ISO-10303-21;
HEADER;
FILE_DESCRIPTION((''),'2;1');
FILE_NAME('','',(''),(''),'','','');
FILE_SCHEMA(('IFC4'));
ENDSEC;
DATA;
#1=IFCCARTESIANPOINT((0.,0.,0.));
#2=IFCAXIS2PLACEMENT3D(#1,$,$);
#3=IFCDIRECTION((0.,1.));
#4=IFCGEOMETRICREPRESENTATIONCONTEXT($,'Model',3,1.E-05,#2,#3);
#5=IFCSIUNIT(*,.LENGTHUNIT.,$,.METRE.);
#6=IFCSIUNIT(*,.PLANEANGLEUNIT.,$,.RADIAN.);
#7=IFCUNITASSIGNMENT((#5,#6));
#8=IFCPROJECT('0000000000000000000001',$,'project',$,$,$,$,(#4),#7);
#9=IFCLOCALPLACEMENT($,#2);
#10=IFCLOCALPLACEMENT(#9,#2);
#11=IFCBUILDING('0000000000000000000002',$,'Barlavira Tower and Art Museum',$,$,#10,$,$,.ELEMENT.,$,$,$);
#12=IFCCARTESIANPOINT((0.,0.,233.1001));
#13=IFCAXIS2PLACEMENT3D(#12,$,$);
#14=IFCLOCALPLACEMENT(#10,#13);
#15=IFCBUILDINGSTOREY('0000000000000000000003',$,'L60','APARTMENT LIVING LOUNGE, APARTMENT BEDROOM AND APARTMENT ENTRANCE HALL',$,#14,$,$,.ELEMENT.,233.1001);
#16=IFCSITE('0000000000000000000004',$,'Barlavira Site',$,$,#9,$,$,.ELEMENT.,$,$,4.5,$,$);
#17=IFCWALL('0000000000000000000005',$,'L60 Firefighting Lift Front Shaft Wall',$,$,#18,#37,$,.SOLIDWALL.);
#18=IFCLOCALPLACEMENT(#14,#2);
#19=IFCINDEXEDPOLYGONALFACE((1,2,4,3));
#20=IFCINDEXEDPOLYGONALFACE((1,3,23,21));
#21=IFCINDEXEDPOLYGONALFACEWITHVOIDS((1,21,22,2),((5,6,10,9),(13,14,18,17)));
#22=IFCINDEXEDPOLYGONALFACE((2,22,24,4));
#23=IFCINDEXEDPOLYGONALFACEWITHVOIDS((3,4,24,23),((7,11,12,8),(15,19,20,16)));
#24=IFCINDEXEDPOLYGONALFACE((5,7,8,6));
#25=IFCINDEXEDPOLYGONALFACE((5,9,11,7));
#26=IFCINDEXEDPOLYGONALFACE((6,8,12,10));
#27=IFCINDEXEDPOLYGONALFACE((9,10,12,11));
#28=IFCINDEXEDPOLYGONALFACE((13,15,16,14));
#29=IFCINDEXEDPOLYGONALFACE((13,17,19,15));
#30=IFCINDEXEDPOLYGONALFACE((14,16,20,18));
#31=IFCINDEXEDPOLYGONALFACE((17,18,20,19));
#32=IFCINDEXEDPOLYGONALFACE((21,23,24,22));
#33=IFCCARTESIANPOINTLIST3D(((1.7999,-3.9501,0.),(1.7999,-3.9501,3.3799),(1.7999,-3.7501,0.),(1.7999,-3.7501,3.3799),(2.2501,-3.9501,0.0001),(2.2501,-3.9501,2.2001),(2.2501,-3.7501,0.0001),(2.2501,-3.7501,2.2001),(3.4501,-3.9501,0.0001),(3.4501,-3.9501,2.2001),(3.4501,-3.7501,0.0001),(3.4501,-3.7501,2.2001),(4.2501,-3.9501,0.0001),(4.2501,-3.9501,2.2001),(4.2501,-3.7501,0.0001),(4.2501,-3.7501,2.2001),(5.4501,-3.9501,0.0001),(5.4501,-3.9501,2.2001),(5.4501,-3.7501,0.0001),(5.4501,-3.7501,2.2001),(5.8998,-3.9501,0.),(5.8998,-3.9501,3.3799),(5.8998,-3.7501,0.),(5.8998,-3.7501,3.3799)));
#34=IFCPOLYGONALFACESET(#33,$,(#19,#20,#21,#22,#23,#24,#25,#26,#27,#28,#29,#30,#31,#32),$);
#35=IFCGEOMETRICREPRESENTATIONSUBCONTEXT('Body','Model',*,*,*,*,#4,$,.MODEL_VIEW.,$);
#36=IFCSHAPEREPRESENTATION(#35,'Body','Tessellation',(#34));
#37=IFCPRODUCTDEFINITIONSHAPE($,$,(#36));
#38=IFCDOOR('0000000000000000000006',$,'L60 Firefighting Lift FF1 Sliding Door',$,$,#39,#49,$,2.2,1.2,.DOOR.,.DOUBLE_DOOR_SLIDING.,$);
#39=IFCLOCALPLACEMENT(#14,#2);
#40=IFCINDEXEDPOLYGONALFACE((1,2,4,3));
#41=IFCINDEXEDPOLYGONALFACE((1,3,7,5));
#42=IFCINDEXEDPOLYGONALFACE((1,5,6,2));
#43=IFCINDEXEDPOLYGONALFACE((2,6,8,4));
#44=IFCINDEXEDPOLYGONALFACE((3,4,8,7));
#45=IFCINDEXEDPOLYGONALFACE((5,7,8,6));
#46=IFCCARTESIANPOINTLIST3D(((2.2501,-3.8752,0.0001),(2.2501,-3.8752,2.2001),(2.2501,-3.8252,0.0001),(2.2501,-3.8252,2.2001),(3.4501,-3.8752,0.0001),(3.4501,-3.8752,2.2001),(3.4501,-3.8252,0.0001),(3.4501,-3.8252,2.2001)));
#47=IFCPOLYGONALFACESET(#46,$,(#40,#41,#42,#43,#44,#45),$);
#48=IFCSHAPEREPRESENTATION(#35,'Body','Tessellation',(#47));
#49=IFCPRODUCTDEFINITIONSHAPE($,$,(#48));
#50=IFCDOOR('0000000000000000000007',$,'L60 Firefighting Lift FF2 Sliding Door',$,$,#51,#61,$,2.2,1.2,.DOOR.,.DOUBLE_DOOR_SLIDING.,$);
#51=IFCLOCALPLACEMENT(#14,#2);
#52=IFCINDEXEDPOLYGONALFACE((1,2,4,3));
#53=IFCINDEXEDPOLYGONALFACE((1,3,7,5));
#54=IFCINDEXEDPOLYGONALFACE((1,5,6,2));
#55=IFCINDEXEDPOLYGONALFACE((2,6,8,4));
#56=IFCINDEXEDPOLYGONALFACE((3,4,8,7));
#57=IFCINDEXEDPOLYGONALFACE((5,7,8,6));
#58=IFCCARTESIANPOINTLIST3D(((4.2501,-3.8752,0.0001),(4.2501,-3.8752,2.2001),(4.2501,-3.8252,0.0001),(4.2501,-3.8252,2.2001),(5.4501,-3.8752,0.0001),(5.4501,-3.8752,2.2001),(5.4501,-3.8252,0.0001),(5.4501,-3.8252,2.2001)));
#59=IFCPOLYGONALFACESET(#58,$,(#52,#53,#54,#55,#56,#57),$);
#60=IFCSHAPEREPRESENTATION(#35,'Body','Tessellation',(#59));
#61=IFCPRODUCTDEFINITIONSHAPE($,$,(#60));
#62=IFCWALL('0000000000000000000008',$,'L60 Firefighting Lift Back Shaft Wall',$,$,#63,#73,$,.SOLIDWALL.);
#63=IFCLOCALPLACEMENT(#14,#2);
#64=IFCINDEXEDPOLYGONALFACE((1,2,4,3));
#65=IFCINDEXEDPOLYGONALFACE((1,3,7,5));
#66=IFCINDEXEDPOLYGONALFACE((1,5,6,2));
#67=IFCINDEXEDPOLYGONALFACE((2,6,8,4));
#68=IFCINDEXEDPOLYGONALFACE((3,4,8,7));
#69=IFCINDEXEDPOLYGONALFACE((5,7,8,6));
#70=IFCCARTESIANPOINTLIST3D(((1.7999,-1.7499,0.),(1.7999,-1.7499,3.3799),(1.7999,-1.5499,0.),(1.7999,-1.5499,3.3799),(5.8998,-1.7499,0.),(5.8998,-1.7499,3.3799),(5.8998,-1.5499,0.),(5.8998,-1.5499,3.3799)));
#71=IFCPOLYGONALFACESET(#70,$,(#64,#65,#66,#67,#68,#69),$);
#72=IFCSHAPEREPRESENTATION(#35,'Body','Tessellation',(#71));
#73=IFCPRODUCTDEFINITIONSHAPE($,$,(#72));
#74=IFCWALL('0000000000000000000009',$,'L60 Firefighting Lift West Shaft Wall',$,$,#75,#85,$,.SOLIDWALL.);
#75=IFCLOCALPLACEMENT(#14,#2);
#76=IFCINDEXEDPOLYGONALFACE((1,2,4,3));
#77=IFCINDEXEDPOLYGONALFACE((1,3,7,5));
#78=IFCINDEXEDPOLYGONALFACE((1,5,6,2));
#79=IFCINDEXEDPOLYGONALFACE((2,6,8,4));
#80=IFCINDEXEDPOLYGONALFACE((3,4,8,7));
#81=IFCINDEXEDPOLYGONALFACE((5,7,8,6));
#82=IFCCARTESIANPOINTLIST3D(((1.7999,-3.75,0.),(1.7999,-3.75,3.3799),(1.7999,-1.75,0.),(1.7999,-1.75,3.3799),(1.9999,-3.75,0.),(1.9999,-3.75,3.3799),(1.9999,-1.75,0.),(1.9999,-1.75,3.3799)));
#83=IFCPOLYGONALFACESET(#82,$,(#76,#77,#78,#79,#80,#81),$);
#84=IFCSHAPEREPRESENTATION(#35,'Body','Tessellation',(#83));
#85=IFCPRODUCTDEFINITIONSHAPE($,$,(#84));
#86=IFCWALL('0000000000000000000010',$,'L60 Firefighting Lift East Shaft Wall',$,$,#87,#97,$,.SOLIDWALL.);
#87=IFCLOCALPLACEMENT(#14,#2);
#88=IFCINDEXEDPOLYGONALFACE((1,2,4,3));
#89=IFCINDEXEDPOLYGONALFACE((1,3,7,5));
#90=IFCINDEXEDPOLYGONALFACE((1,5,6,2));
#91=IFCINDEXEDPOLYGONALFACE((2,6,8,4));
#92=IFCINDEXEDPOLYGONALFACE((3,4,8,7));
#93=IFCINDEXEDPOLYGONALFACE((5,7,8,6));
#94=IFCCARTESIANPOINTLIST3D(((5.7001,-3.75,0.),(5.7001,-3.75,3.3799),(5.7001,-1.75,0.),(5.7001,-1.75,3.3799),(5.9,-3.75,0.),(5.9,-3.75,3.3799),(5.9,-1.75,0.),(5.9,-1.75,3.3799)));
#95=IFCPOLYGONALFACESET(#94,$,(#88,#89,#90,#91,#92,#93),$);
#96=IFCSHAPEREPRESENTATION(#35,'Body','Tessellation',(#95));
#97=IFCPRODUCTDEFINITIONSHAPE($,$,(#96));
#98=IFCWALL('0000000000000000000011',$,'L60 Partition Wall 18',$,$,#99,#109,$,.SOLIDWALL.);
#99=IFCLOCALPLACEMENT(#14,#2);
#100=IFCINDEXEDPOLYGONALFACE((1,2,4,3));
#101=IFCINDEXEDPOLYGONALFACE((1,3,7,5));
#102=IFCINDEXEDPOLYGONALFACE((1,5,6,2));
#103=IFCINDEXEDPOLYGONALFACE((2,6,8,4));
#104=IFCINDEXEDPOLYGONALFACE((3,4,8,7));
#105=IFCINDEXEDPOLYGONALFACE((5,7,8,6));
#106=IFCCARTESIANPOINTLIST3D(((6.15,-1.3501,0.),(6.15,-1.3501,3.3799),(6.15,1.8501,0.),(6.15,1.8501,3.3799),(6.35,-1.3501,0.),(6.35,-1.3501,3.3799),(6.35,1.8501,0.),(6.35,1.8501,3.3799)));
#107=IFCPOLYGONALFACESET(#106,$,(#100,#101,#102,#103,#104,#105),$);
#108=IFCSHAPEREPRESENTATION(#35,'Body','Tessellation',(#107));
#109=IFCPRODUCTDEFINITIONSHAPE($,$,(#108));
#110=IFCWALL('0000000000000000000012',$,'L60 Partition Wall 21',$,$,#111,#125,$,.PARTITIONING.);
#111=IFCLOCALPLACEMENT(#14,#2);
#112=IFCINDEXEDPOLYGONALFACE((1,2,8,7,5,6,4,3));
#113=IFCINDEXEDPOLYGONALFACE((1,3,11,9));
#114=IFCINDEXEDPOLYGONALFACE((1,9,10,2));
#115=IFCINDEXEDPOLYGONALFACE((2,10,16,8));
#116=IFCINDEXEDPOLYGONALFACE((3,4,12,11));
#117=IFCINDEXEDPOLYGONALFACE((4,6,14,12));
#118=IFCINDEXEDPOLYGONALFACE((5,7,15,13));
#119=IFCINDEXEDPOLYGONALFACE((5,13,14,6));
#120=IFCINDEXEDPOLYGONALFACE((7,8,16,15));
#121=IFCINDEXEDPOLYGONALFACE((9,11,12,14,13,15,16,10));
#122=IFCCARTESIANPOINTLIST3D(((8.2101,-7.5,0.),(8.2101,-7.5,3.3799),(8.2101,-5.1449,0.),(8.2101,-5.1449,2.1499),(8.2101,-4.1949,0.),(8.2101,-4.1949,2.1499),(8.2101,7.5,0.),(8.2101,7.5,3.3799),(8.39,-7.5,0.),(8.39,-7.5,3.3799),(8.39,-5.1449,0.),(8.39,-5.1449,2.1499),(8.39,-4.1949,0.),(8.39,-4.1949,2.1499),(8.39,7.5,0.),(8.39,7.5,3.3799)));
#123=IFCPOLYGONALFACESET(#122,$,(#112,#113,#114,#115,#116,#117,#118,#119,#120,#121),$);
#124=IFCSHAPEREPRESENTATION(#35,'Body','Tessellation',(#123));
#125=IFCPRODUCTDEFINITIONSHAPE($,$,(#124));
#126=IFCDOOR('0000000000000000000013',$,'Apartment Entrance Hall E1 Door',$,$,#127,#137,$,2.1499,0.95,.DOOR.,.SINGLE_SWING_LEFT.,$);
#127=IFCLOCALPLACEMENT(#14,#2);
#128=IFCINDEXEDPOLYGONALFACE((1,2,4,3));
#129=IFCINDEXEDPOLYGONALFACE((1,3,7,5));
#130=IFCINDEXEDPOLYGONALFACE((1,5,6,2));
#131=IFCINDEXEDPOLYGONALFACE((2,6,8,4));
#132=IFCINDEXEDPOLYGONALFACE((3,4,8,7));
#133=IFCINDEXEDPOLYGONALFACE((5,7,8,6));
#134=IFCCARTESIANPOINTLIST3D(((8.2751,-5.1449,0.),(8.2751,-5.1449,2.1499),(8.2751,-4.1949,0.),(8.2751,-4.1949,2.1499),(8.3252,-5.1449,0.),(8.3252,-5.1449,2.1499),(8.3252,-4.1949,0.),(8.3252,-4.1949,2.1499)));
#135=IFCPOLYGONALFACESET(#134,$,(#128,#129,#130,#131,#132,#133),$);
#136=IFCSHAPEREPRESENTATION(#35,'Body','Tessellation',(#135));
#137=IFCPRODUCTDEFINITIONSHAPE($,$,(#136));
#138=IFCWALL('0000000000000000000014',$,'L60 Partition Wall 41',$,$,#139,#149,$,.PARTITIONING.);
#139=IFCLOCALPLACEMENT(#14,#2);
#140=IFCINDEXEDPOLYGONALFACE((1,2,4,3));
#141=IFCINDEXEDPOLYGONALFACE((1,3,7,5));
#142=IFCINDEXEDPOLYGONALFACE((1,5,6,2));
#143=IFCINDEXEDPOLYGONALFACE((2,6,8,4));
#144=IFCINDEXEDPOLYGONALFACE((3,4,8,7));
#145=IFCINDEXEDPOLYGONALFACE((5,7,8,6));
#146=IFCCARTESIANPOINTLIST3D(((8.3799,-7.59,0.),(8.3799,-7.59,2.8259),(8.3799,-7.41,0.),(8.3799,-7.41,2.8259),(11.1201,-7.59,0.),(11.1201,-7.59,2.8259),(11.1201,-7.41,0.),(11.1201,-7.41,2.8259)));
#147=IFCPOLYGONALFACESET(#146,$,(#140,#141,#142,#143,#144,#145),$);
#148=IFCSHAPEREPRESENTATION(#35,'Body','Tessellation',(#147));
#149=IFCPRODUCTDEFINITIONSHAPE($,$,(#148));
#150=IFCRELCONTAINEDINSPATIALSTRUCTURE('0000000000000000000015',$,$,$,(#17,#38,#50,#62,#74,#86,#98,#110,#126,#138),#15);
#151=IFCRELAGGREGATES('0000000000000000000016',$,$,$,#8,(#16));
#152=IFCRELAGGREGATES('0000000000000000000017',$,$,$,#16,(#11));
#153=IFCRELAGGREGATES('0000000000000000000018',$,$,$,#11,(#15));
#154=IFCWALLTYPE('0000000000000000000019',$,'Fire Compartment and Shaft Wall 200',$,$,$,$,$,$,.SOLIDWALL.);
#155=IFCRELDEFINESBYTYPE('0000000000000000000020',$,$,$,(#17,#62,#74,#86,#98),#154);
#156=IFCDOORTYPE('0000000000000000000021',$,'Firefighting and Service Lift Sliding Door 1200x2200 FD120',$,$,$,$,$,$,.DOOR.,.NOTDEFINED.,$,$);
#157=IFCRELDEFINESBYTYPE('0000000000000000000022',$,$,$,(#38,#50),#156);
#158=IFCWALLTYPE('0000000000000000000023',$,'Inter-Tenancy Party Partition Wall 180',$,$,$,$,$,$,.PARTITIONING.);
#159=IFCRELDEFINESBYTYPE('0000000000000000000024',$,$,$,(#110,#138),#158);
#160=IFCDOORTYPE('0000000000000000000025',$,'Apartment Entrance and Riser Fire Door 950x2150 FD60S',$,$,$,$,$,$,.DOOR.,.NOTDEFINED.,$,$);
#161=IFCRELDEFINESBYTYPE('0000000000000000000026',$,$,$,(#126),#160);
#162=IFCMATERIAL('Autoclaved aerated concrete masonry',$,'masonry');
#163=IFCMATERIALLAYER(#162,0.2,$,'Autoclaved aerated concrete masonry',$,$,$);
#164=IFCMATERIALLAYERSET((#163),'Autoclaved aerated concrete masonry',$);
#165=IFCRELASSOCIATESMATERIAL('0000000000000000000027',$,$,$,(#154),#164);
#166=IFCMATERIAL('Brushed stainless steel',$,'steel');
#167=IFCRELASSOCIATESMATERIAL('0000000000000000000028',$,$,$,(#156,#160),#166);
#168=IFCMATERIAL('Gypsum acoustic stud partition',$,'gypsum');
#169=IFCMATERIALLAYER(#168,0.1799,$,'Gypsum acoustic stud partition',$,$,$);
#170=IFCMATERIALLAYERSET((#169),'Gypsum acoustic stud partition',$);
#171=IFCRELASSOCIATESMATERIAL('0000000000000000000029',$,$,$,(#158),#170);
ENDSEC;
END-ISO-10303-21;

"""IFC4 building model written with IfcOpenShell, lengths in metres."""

from ifc_helpers import new_model, si_unit, direction, frame, frame_2d, origin, place, context, subcontext, project, spatial, rectangle, extrude, material, layer, layer_set, type_object, element, fill, save


model = new_model("IFC4")

# Units and contexts
model_context = context("Model", 3, precision=1e-05, world=origin(), true_north=direction((0.0, 1.0)))
body_context = subcontext(model_context, "Body", "Model", "MODEL_VIEW")
ifc_project = project(units=[si_unit("LENGTHUNIT", "METRE"), si_unit("PLANEANGLEUNIT", "RADIAN")], contexts=[model_context])

# Site, building, storey
site_placement = place(None, origin())
site = spatial("IfcSite", under=ifc_project, at=site_placement, Name="Barlavira Site", CompositionType="ELEMENT", RefElevation=4.5)
building_placement = place(site_placement, origin())
building = spatial("IfcBuilding", under=site, at=building_placement, Name="Barlavira Tower and Art Museum", CompositionType="ELEMENT")
storey_placement = place(building_placement, frame((0.0, 0.0, 233.1001)))
storey = spatial("IfcBuildingStorey", under=building, at=storey_placement, Name="L60", Description="APARTMENT LIVING LOUNGE, APARTMENT BEDROOM AND APARTMENT ENTRANCE HALL", CompositionType="ELEMENT", Elevation=233.1001)

# Shared definitions
ifc_material_1 = material(Name="Gypsum acoustic stud partition", Category="gypsum")
ifc_material_2 = material(Name="Brushed stainless steel", Category="steel")

# Wall, openings, doors
ifc_material_3 = material(Name="Autoclaved aerated concrete masonry", Category="masonry")
ifc_layer_1 = layer(ifc_material_3, 0.2, Name="Autoclaved aerated concrete masonry")
ifc_layer_set_1 = layer_set([ifc_layer_1], Name="Autoclaved aerated concrete masonry")
wall_type_1 = type_object("IfcWallType", Name="Fire Compartment and Shaft Wall 200", PredefinedType="SOLIDWALL", material=ifc_layer_set_1)
wall_1_placement = place(storey_placement, frame((1.8, -3.8501, 0.0), z_axis=(0.0, 0.0, 1.0), x_axis=(1.0, 0.0, 0.0)))
wall_1 = element("IfcWall", 1, at=wall_1_placement, inside=storey, type_object=wall_type_1, Name="L60 Firefighting Lift Front Shaft Wall", PredefinedType="SOLIDWALL", context=body_context, shape_type="SweptSolid", body=[
    extrude(rectangle(XDim=4.0999, YDim=0.2, at=frame_2d((2.0498, 0.0))), origin(), (0.0, 0.0, 1.0), 3.3799),
])
opening_1_placement = place(wall_1_placement, frame((0.45, 0.0, 0.0)))
opening_1 = element("IfcOpeningElement", 2, at=opening_1_placement, cuts=wall_1, PredefinedType="OPENING", context=body_context, shape_type="SweptSolid", body=[
    extrude(rectangle(XDim=1.2, YDim=2.2, at=frame_2d((0.6001, 1.1001))), frame((0.0, 0.1099, 0.0), z_axis=(0.0, -1.0, 0.0), x_axis=(1.0, 0.0, 0.0)), (0.0, 0.0, 1.0), 0.22),
])
opening_2_placement = place(wall_1_placement, frame((2.45, 0.0, 0.0)))
opening_2 = element("IfcOpeningElement", 3, at=opening_2_placement, cuts=wall_1, PredefinedType="OPENING", context=body_context, shape_type="SweptSolid", body=[
    extrude(rectangle(XDim=1.2, YDim=2.2, at=frame_2d((0.6001, 1.1001))), frame((0.0, 0.1099, 0.0), z_axis=(0.0, -1.0, 0.0), x_axis=(1.0, 0.0, 0.0)), (0.0, 0.0, 1.0), 0.22),
])
door_type_1 = type_object("IfcDoorType", Name="Firefighting and Service Lift Sliding Door 1200x2200 FD120", OperationType="NOTDEFINED", PredefinedType="DOOR", material=ifc_material_2)
door_1_placement = place(opening_1_placement, origin())
door_1 = element("IfcDoor", 4, at=door_1_placement, inside=storey, type_object=door_type_1, Name="L60 Firefighting Lift FF1 Sliding Door", OperationType="DOUBLE_DOOR_SLIDING", OverallHeight=2.2, OverallWidth=1.2, PredefinedType="DOOR", context=body_context, shape_type="SweptSolid", body=[
    extrude(rectangle(XDim=1.2, YDim=2.2, at=frame_2d((0.6001, 1.1001))), frame((0.0, 0.0249, 0.0), z_axis=(0.0, -1.0, 0.0), x_axis=(1.0, 0.0, 0.0)), (0.0, 0.0, 1.0), 0.05),
])
fill(opening_1, door_1)
door_2_placement = place(opening_2_placement, origin())
door_2 = element("IfcDoor", 5, at=door_2_placement, inside=storey, type_object=door_type_1, Name="L60 Firefighting Lift FF2 Sliding Door", OperationType="DOUBLE_DOOR_SLIDING", OverallHeight=2.2, OverallWidth=1.2, PredefinedType="DOOR", context=body_context, shape_type="SweptSolid", body=[
    extrude(rectangle(XDim=1.2, YDim=2.2, at=frame_2d((0.6001, 1.1001))), frame((0.0, 0.0249, 0.0), z_axis=(0.0, -1.0, 0.0), x_axis=(1.0, 0.0, 0.0)), (0.0, 0.0, 1.0), 0.05),
])
fill(opening_2, door_2)

# Walls
wall_2_placement = place(storey_placement, frame((1.8, -1.6499, 0.0), z_axis=(0.0, 0.0, 1.0), x_axis=(1.0, 0.0, 0.0)))
element("IfcWall", 6, at=wall_2_placement, inside=storey, type_object=wall_type_1, Name="L60 Firefighting Lift Back Shaft Wall", PredefinedType="SOLIDWALL", context=body_context, shape_type="SweptSolid", body=[
    extrude(rectangle(XDim=4.0999, YDim=0.2, at=frame_2d((2.0498, 0.0))), origin(), (0.0, 0.0, 1.0), 3.3799),
])
for number, where, z_axis, x_axis, name in (
    (7, (1.8999, -3.75, 0.0), (0.0, 0.0, 1.0), (0.0, 1.0, 0.0), "L60 Firefighting Lift West Shaft Wall"),
    (8, (5.8, -3.75, 0.0), (0.0, 0.0, 1.0), (0.0, 1.0, 0.0), "L60 Firefighting Lift East Shaft Wall"),
):
    element("IfcWall", number, at=place(storey_placement, frame(where, z_axis=z_axis, x_axis=x_axis)), inside=storey, type_object=wall_type_1, Name=name, PredefinedType="SOLIDWALL", context=body_context, shape_type="SweptSolid", body=[
        extrude(rectangle(XDim=2.0, YDim=0.2, at=frame_2d((1.0, 0.0))), origin(), (0.0, 0.0, 1.0), 3.3799),
    ])

# Shared definitions
door_type_2 = type_object("IfcDoorType", Name="Apartment Entrance and Riser Fire Door 950x2150 FD60S", OperationType="NOTDEFINED", PredefinedType="DOOR", material=ifc_material_2)

# Wall
wall_3_placement = place(storey_placement, frame((6.25, -1.3501, 0.0), z_axis=(0.0, 0.0, 1.0), x_axis=(0.0, 1.0, 0.0)))
element("IfcWall", 9, at=wall_3_placement, inside=storey, type_object=wall_type_1, Name="L60 Partition Wall 18", PredefinedType="SOLIDWALL", context=body_context, shape_type="SweptSolid", body=[
    extrude(rectangle(XDim=3.2002, YDim=0.2, at=frame_2d((1.6001, 0.0))), origin(), (0.0, 0.0, 1.0), 3.3799),
])

# Wall, opening, door
ifc_layer_2 = layer(ifc_material_1, 0.1799, Name="Gypsum acoustic stud partition")
ifc_layer_set_2 = layer_set([ifc_layer_2], Name="Gypsum acoustic stud partition")
wall_type_2 = type_object("IfcWallType", Name="Inter-Tenancy Party Partition Wall 180", PredefinedType="PARTITIONING", material=ifc_layer_set_2)
wall_4_placement = place(storey_placement, frame((8.3, -7.5, 0.0), z_axis=(0.0, 0.0, 1.0), x_axis=(0.0, 1.0, 0.0)))
wall_4 = element("IfcWall", 10, at=wall_4_placement, inside=storey, type_object=wall_type_2, Name="L60 Partition Wall 21", PredefinedType="PARTITIONING", context=body_context, shape_type="SweptSolid", body=[
    extrude(rectangle(XDim=15.0, YDim=0.1799, at=frame_2d((7.5, 0.0))), origin(), (0.0, 0.0, 1.0), 3.3799),
])
opening_3_placement = place(wall_4_placement, frame((2.355, 0.0, 0.0)))
opening_3 = element("IfcOpeningElement", 11, at=opening_3_placement, cuts=wall_4, PredefinedType="OPENING", context=body_context, shape_type="SweptSolid", body=[
    extrude(rectangle(XDim=0.95, YDim=2.1499, at=frame_2d((0.4751, 1.075))), frame((0.0, 0.1001, 0.0), z_axis=(0.0, -1.0, 0.0), x_axis=(1.0, 0.0, 0.0)), (0.0, 0.0, 1.0), 0.2),
])
door_3_placement = place(opening_3_placement, origin())
door_3 = element("IfcDoor", 12, at=door_3_placement, inside=storey, type_object=door_type_2, Name="Apartment Entrance Hall E1 Door", OperationType="SINGLE_SWING_LEFT", OverallHeight=2.1499, OverallWidth=0.95, PredefinedType="DOOR", context=body_context, shape_type="SweptSolid", body=[
    extrude(rectangle(XDim=0.95, YDim=2.1499, at=frame_2d((0.4751, 1.075))), frame((0.0, 0.0249, 0.0), z_axis=(0.0, -1.0, 0.0), x_axis=(1.0, 0.0, 0.0)), (0.0, 0.0, 1.0), 0.05),
])
fill(opening_3, door_3)

# Wall
wall_5_placement = place(storey_placement, frame((8.3799, -7.5, 0.0), z_axis=(0.0, 0.0, 1.0), x_axis=(1.0, 0.0, 0.0)))
element("IfcWall", 13, at=wall_5_placement, inside=storey, type_object=wall_type_2, Name="L60 Partition Wall 41", PredefinedType="PARTITIONING", context=body_context, shape_type="SweptSolid", body=[
    extrude(rectangle(XDim=2.7402, YDim=0.1799, at=frame_2d((1.3701, 0.0))), origin(), (0.0, 0.0, 1.0), 2.8259),
])

save(model, "model.ifc")
